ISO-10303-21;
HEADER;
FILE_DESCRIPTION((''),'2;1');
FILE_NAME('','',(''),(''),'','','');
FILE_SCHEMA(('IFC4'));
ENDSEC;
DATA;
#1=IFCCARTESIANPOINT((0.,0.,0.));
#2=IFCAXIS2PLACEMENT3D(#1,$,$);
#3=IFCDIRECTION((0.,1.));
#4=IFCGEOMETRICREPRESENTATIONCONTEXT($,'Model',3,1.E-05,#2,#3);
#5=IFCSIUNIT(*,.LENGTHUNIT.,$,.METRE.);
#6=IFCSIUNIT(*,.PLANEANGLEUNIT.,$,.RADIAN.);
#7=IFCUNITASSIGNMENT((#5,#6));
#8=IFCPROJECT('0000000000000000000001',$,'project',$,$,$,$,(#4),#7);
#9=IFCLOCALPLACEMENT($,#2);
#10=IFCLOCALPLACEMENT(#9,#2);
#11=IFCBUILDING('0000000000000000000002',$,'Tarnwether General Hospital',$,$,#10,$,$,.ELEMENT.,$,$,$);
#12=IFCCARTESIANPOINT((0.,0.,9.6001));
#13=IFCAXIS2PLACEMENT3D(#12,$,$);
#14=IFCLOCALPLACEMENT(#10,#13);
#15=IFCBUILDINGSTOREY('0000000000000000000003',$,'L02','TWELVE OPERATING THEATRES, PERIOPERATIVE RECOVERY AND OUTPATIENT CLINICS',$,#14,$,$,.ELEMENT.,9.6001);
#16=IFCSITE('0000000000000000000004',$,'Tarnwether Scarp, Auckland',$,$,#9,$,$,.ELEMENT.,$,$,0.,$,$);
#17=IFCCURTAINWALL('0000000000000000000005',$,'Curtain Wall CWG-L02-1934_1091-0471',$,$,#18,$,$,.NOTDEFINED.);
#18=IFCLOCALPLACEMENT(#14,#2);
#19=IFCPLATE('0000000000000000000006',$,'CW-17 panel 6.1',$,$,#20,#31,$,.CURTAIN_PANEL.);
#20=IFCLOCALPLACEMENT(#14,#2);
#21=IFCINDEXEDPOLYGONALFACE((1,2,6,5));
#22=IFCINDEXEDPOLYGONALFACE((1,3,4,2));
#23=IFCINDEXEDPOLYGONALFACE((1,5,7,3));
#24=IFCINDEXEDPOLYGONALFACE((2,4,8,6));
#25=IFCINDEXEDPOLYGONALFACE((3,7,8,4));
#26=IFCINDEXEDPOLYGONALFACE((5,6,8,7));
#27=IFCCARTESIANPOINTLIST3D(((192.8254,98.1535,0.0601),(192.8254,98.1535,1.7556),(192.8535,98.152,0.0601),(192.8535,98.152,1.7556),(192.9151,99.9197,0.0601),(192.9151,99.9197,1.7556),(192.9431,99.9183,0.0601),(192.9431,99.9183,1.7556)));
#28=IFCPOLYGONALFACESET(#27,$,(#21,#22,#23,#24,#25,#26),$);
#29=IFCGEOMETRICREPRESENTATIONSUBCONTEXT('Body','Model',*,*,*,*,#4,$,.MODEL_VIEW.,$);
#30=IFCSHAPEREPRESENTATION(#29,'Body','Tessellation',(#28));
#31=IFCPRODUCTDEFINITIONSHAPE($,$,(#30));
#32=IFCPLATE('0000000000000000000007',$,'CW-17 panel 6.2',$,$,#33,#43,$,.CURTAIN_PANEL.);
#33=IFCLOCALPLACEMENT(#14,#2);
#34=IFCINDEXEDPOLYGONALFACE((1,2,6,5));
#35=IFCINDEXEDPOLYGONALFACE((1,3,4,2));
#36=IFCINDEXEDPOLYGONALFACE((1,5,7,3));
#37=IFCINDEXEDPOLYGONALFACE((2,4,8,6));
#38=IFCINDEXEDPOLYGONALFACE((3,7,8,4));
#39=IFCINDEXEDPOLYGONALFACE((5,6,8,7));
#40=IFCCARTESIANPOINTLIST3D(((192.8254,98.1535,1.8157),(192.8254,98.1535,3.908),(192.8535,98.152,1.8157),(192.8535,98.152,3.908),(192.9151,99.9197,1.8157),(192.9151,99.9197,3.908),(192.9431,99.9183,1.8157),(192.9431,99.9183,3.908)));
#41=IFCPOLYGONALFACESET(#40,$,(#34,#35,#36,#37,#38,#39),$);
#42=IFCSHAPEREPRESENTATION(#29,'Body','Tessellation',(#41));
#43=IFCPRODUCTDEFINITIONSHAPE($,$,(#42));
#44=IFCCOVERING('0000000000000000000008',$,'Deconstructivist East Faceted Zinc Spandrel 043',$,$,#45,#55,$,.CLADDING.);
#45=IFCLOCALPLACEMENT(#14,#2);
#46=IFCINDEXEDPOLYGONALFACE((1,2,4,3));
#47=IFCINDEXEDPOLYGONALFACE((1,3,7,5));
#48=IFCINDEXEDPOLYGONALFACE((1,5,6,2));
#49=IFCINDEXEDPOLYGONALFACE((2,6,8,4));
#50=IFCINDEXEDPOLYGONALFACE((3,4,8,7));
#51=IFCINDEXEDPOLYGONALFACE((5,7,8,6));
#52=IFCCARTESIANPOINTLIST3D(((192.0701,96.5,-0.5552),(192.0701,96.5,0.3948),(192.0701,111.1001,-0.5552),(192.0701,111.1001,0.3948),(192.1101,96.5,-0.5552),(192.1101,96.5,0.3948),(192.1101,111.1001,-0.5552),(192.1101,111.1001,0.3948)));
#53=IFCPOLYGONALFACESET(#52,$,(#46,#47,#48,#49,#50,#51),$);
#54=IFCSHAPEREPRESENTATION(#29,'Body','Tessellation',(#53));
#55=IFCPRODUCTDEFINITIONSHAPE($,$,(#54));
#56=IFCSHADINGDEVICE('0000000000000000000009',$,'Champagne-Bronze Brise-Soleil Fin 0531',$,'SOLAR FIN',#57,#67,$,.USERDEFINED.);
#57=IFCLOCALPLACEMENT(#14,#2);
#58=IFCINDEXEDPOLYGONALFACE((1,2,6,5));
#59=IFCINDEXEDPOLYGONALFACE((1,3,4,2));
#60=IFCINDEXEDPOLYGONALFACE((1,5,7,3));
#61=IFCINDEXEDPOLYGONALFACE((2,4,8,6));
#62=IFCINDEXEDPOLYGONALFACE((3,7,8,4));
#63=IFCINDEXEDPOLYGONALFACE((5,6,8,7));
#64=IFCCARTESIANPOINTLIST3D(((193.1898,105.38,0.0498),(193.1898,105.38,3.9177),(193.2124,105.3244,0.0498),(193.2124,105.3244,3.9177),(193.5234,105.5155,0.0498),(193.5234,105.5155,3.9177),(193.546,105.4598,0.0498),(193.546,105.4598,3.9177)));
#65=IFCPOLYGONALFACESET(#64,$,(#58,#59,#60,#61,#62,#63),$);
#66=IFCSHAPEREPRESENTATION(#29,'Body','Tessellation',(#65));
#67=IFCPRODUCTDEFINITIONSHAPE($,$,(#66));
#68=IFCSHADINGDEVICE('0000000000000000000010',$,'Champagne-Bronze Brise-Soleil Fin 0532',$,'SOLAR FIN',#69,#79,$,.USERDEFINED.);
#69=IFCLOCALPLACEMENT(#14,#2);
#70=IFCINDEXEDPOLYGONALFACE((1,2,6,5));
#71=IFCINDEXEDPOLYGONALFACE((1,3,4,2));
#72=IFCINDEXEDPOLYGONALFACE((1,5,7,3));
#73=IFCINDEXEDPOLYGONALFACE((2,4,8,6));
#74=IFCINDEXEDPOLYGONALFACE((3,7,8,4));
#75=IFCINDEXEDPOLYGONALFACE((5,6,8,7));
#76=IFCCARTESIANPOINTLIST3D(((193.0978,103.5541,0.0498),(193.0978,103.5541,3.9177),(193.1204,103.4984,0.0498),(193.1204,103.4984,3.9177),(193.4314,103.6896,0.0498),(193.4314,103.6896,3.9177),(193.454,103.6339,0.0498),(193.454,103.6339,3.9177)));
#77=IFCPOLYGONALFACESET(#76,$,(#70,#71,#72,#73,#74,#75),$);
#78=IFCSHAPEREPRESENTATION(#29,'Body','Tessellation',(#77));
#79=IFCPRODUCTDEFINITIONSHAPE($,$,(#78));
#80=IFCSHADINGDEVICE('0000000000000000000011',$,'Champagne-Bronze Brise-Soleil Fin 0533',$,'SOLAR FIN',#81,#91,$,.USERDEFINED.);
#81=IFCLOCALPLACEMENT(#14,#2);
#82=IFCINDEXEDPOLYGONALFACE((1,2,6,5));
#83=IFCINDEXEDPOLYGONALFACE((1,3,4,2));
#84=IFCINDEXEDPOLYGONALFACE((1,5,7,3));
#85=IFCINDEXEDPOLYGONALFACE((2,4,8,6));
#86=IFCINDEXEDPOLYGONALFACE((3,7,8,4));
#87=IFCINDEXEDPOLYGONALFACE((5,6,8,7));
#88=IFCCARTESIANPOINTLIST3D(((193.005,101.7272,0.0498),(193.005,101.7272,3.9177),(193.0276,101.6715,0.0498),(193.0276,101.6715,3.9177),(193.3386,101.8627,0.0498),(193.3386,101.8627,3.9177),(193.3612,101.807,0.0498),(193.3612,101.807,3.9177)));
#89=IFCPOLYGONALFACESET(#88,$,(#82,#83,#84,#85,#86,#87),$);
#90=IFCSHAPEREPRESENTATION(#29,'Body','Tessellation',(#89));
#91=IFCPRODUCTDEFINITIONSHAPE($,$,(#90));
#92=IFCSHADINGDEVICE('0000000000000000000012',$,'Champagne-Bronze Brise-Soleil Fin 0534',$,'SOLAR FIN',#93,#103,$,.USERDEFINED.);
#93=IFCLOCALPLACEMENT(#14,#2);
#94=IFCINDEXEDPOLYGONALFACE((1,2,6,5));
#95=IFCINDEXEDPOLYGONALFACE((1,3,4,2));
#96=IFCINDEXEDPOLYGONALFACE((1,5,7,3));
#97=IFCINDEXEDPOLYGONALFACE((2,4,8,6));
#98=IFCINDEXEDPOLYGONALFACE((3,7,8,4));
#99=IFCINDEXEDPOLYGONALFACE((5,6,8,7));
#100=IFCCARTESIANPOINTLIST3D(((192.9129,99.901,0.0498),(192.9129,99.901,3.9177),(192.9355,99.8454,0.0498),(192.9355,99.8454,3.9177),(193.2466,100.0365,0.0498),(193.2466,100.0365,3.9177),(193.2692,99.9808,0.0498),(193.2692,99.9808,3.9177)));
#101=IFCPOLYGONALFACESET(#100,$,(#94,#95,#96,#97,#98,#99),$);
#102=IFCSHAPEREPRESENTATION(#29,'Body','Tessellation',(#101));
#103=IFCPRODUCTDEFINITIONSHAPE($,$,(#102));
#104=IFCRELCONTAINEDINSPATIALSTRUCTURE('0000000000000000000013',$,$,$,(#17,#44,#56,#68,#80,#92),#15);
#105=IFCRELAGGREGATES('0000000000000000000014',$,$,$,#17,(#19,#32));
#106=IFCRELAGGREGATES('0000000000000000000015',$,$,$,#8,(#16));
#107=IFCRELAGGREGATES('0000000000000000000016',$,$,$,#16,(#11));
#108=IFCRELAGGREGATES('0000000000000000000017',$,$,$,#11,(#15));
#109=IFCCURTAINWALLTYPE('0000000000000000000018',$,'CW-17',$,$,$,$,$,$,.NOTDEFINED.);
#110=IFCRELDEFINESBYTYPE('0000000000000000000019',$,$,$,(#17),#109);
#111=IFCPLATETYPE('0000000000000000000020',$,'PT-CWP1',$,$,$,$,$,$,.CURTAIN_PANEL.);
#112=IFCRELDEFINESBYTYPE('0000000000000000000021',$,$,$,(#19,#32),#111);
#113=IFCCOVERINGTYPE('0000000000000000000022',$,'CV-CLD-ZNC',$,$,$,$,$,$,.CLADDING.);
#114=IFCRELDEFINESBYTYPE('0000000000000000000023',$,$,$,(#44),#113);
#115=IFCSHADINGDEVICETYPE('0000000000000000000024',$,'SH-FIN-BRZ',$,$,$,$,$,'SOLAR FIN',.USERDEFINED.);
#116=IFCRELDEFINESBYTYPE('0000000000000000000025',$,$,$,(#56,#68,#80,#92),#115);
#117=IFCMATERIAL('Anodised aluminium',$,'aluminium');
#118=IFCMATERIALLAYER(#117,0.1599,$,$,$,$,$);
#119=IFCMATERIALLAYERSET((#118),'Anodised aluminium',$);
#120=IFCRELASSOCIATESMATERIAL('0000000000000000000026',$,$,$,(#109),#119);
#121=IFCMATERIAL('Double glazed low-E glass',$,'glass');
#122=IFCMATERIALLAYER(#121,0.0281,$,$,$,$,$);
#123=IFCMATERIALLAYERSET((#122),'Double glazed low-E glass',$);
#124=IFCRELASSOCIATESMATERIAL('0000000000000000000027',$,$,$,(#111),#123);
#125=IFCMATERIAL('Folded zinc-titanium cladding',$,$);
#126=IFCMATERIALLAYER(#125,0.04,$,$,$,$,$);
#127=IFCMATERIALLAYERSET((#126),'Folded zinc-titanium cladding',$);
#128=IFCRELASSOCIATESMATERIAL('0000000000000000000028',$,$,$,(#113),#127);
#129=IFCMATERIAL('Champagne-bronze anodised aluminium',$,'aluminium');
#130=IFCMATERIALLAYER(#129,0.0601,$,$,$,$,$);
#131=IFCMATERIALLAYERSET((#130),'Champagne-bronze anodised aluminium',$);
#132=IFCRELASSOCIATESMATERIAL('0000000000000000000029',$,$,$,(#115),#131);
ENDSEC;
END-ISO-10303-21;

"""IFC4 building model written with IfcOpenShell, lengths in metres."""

from ifc_helpers import new_model, si_unit, direction, frame, origin, origin_2d, place, context, subcontext, project, spatial, rectangle, extrude, material, layer, layer_set, type_object, element, aggregate, save


model = new_model("IFC4")

# Units and contexts
model_context = context("Model", 3, precision=1e-05, world=origin(), true_north=direction((0.0, 1.0)))
body_context = subcontext(model_context, "Body", "Model", "MODEL_VIEW")
ifc_project = project(units=[si_unit("LENGTHUNIT", "METRE"), si_unit("PLANEANGLEUNIT", "RADIAN")], contexts=[model_context])

# Site, building, storey
site_placement = place(None, origin())
site = spatial("IfcSite", under=ifc_project, at=site_placement, Name="Tarnwether Scarp, Auckland", CompositionType="ELEMENT", RefElevation=0.0)
building_placement = place(site_placement, origin())
building = spatial("IfcBuilding", under=site, at=building_placement, Name="Tarnwether General Hospital", CompositionType="ELEMENT")
storey_placement = place(building_placement, frame((0.0, 0.0, 9.6001)))
storey = spatial("IfcBuildingStorey", under=building, at=storey_placement, Name="L02", Description="TWELVE OPERATING THEATRES, PERIOPERATIVE RECOVERY AND OUTPATIENT CLINICS", CompositionType="ELEMENT", Elevation=9.6001)

# Curtain wall, plates
ifc_material_1 = material(Name="Anodised aluminium", Category="aluminium")
ifc_layer_1 = layer(ifc_material_1, 0.1599)
ifc_layer_set_1 = layer_set([ifc_layer_1], Name="Anodised aluminium")
curtain_wall_type = type_object("IfcCurtainWallType", Name="CW-17", PredefinedType="NOTDEFINED", material=ifc_layer_set_1)
curtain_wall_placement = place(storey_placement, origin())
curtain_wall = element("IfcCurtainWall", 1, at=curtain_wall_placement, inside=storey, type_object=curtain_wall_type, Name="Curtain Wall CWG-L02-1934_1091-0471", PredefinedType="NOTDEFINED")
ifc_material_2 = material(Name="Double glazed low-E glass", Category="glass")
ifc_layer_2 = layer(ifc_material_2, 0.0281)
ifc_layer_set_2 = layer_set([ifc_layer_2], Name="Double glazed low-E glass")
plate_type = type_object("IfcPlateType", Name="PT-CWP1", PredefinedType="CURTAIN_PANEL", material=ifc_layer_set_2)
plate_1_placement = place(storey_placement, frame((192.8843, 99.0359, 0.0601), z_axis=(0.0, 0.0, 1.0), x_axis=(-0.050678, -0.998715, 0.0)))
plate_1 = element("IfcPlate", 2, at=plate_1_placement, type_object=plate_type, Name="CW-17 panel 6.1", PredefinedType="CURTAIN_PANEL", context=body_context, shape_type="SweptSolid", body=[
    extrude(rectangle(XDim=1.7686, YDim=0.0281, at=origin_2d()), origin(), (0.0, 0.0, 1.0), 1.6956),
])
plate_2_placement = place(storey_placement, frame((192.8843, 99.0359, 1.8157), z_axis=(0.0, 0.0, 1.0), x_axis=(-0.050678, -0.998715, 0.0)))
plate_2 = element("IfcPlate", 3, at=plate_2_placement, type_object=plate_type, Name="CW-17 panel 6.2", PredefinedType="CURTAIN_PANEL", context=body_context, shape_type="SweptSolid", body=[
    extrude(rectangle(XDim=1.7686, YDim=0.0281, at=origin_2d()), origin(), (0.0, 0.0, 1.0), 2.0923),
])
aggregate(curtain_wall, [plate_1, plate_2])

# Covering
ifc_material_3 = material(Name="Folded zinc-titanium cladding")
ifc_layer_3 = layer(ifc_material_3, 0.04)
ifc_layer_set_3 = layer_set([ifc_layer_3], Name="Folded zinc-titanium cladding")
covering_type = type_object("IfcCoveringType", Name="CV-CLD-ZNC", PredefinedType="CLADDING", material=ifc_layer_set_3)
covering_placement = place(storey_placement, frame((192.0901, 103.8, -0.5552), z_axis=(0.0, 0.0, 1.0), x_axis=(0.0, 1.0, 0.0)))
element("IfcCovering", 4, at=covering_placement, inside=storey, type_object=covering_type, Name="Deconstructivist East Faceted Zinc Spandrel 043", PredefinedType="CLADDING", context=body_context, shape_type="SweptSolid", body=[
    extrude(rectangle(XDim=14.6001, YDim=0.04, at=origin_2d()), origin(), (0.0, 0.0, 1.0), 0.95),
])

# Shading devices
ifc_material_4 = material(Name="Champagne-bronze anodised aluminium", Category="aluminium")
ifc_layer_4 = layer(ifc_material_4, 0.0601)
ifc_layer_set_4 = layer_set([ifc_layer_4], Name="Champagne-bronze anodised aluminium")
shading_device_type = type_object("IfcShadingDeviceType", Name="SH-FIN-BRZ", ElementType="SOLAR FIN", PredefinedType="USERDEFINED", material=ifc_layer_set_4)
for number, where, z_axis, x_axis, name in (
    (5, (193.3679, 105.4199, 0.0498), (0.0, 0.0, 1.0), (0.376224, -0.926529, 0.0), "Champagne-Bronze Brise-Soleil Fin 0531"),
    (6, (193.2759, 103.594, 0.0498), (0.0, 0.0, 1.0), (0.376224, -0.926529, 0.0), "Champagne-Bronze Brise-Soleil Fin 0532"),
    (7, (193.1831, 101.7671, 0.0498), (0.0, 0.0, 1.0), (0.376224, -0.926529, 0.0), "Champagne-Bronze Brise-Soleil Fin 0533"),
    (8, (193.0911, 99.9409, 0.0498), (0.0, 0.0, 1.0), (0.376224, -0.926529, 0.0), "Champagne-Bronze Brise-Soleil Fin 0534"),
):
    element("IfcShadingDevice", number, at=place(storey_placement, frame(where, z_axis=z_axis, x_axis=x_axis)), inside=storey, type_object=shading_device_type, Name=name, ObjectType="SOLAR FIN", PredefinedType="USERDEFINED", context=body_context, shape_type="SweptSolid", body=[
        extrude(rectangle(XDim=0.0601, YDim=0.3601, at=origin_2d()), origin(), (0.0, 0.0, 1.0), 3.8679),
    ])

save(model, "model.ifc")
